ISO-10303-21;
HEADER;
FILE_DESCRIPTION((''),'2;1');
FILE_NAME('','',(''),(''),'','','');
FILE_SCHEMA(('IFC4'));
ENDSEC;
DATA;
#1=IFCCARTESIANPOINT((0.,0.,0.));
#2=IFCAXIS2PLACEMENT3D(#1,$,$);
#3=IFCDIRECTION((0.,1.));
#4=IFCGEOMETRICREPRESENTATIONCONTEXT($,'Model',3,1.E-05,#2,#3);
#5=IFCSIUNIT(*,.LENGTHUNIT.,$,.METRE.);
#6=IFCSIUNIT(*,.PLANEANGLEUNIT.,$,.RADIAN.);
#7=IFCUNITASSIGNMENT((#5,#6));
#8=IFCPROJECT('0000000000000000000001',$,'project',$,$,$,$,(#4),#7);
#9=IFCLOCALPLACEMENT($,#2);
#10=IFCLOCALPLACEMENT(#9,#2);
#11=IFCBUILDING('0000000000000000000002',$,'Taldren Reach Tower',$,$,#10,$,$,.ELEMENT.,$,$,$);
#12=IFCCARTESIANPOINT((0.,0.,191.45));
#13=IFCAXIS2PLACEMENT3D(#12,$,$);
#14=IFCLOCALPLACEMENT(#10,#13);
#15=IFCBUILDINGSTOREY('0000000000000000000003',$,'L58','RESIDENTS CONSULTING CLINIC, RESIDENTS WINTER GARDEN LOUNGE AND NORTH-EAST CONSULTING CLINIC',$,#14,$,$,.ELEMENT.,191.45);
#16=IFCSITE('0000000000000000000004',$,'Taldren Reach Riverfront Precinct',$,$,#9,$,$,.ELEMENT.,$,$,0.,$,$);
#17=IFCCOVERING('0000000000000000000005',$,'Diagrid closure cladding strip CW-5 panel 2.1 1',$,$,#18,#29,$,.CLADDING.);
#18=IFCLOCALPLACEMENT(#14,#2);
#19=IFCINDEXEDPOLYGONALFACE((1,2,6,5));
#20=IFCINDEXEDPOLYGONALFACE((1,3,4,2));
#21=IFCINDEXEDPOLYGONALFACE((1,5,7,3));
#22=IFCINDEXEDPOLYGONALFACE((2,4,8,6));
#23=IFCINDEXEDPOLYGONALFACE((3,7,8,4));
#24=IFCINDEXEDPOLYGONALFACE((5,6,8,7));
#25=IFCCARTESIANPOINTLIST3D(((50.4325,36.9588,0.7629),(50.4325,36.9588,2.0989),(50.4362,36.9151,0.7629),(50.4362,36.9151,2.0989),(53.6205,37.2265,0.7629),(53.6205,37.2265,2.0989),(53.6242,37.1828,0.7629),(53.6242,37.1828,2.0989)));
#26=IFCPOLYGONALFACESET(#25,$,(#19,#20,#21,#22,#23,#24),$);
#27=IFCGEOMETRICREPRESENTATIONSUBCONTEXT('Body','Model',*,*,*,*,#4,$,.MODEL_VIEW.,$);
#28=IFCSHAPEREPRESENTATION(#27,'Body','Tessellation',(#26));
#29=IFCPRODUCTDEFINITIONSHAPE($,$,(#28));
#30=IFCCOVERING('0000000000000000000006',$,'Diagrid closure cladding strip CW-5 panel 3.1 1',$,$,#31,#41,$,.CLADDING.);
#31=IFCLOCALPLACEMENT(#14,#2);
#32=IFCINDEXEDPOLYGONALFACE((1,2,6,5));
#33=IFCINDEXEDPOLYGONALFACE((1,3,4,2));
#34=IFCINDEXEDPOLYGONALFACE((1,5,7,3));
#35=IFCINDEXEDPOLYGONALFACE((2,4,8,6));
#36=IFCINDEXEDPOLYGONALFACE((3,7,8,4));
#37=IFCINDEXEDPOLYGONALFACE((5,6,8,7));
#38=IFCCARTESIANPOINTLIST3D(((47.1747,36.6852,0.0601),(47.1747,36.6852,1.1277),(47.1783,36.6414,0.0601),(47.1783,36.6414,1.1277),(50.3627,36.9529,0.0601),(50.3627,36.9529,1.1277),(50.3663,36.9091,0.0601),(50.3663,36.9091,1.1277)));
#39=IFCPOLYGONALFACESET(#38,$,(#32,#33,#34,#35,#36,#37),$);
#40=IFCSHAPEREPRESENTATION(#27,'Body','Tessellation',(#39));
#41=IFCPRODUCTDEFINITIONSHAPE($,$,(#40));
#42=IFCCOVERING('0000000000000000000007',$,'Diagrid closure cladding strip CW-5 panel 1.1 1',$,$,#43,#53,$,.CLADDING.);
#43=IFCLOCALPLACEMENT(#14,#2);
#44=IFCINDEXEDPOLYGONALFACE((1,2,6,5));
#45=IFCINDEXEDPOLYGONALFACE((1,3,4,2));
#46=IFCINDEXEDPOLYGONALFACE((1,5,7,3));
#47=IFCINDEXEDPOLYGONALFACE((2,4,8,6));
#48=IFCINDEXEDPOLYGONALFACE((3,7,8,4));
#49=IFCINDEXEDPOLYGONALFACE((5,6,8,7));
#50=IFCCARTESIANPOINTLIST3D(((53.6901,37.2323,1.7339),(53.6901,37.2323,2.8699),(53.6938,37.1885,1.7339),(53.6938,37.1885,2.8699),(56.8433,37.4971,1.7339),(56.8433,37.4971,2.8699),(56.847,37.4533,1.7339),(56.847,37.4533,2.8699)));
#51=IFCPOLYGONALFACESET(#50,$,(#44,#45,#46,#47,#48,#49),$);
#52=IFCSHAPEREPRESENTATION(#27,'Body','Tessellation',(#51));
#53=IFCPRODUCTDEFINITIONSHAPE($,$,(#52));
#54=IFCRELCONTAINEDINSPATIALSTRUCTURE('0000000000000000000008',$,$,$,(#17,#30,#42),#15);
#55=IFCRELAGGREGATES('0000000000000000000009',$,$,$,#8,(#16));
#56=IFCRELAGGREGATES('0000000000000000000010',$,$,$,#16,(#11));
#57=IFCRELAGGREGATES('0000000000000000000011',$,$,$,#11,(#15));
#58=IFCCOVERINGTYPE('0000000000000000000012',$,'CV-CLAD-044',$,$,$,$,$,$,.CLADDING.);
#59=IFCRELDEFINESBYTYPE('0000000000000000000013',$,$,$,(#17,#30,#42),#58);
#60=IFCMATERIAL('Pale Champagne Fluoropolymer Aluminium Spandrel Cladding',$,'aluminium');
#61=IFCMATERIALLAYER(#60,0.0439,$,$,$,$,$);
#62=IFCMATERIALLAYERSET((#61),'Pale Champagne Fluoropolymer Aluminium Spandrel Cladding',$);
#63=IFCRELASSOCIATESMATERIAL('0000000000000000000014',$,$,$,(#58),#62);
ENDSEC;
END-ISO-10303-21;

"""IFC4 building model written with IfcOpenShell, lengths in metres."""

from ifc_helpers import new_model, si_unit, direction, frame, origin, origin_2d, place, context, subcontext, project, spatial, rectangle, extrude, source, transform, mapped, material, layer, layer_set, type_object, element, save


model = new_model("IFC4")

# Units and contexts
model_context = context("Model", 3, precision=1e-05, world=origin(), true_north=direction((0.0, 1.0)))
body_context = subcontext(model_context, "Body", "Model", "MODEL_VIEW")
ifc_project = project(units=[si_unit("LENGTHUNIT", "METRE"), si_unit("PLANEANGLEUNIT", "RADIAN")], contexts=[model_context])

# Site, building, storey
site_placement = place(None, origin())
site = spatial("IfcSite", under=ifc_project, at=site_placement, Name="Taldren Reach Riverfront Precinct", CompositionType="ELEMENT", RefElevation=0.0)
building_placement = place(site_placement, origin())
building = spatial("IfcBuilding", under=site, at=building_placement, Name="Taldren Reach Tower", CompositionType="ELEMENT")
storey_placement = place(building_placement, frame((0.0, 0.0, 191.45)))
storey = spatial("IfcBuildingStorey", under=building, at=storey_placement, Name="L58", Description="RESIDENTS CONSULTING CLINIC, RESIDENTS WINTER GARDEN LOUNGE AND NORTH-EAST CONSULTING CLINIC", CompositionType="ELEMENT", Elevation=191.45)

# Coverings
ifc_material_1 = material(Name="Pale Champagne Fluoropolymer Aluminium Spandrel Cladding", Category="aluminium")
ifc_layer_1 = layer(ifc_material_1, 0.0439)
ifc_layer_set_1 = layer_set([ifc_layer_1], Name="Pale Champagne Fluoropolymer Aluminium Spandrel Cladding")
covering_type = type_object("IfcCoveringType", Name="CV-CLAD-044", PredefinedType="CLADDING", material=ifc_layer_set_1)
shared_shape_1 = source(origin(), body_context, "Body", "SweptSolid", [
    extrude(rectangle(XDim=3.1992, YDim=0.0439, at=origin_2d()), origin(), (0.0, 0.0, 1.0), 1.3359),
])
covering_1_placement = place(storey_placement, frame((52.0283, 37.0708, 0.7629), z_axis=(0.0, 0.0, 1.0), x_axis=(-0.996493, -0.083678, 0.0)))
element("IfcCovering", 1, at=covering_1_placement, inside=storey, type_object=covering_type, Name="Diagrid closure cladding strip CW-5 panel 2.1 1", PredefinedType="CLADDING", context=body_context, shape_type="MappedRepresentation", body=[
    mapped(shared_shape_1, transform((0.0, 0.0, 0.0), scale=1.0)),
])
shared_shape_2 = source(origin(), body_context, "Body", "SweptSolid", [
    extrude(rectangle(XDim=3.1992, YDim=0.0439, at=origin_2d()), origin(), (0.0, 0.0, 1.0), 1.0676),
])
covering_2_placement = place(storey_placement, frame((48.7705, 36.7971, 0.0601), z_axis=(0.0, 0.0, 1.0), x_axis=(-0.996493, -0.083678, 0.0)))
element("IfcCovering", 2, at=covering_2_placement, inside=storey, type_object=covering_type, Name="Diagrid closure cladding strip CW-5 panel 3.1 1", PredefinedType="CLADDING", context=body_context, shape_type="MappedRepresentation", body=[
    mapped(shared_shape_2, transform((0.0, 0.0, 0.0), scale=1.0)),
])
shared_shape_3 = source(origin(), body_context, "Body", "SweptSolid", [
    extrude(rectangle(XDim=3.1643, YDim=0.0439, at=origin_2d()), origin(), (0.0, 0.0, 1.0), 1.136),
])
covering_3_placement = place(storey_placement, frame((55.2686, 37.3428, 1.7339), z_axis=(0.0, 0.0, 1.0), x_axis=(-0.996493, -0.083678, 0.0)))
element("IfcCovering", 3, at=covering_3_placement, inside=storey, type_object=covering_type, Name="Diagrid closure cladding strip CW-5 panel 1.1 1", PredefinedType="CLADDING", context=body_context, shape_type="MappedRepresentation", body=[
    mapped(shared_shape_3, transform((0.0, 0.0, 0.0), scale=1.0)),
])

save(model, "model.ifc")
